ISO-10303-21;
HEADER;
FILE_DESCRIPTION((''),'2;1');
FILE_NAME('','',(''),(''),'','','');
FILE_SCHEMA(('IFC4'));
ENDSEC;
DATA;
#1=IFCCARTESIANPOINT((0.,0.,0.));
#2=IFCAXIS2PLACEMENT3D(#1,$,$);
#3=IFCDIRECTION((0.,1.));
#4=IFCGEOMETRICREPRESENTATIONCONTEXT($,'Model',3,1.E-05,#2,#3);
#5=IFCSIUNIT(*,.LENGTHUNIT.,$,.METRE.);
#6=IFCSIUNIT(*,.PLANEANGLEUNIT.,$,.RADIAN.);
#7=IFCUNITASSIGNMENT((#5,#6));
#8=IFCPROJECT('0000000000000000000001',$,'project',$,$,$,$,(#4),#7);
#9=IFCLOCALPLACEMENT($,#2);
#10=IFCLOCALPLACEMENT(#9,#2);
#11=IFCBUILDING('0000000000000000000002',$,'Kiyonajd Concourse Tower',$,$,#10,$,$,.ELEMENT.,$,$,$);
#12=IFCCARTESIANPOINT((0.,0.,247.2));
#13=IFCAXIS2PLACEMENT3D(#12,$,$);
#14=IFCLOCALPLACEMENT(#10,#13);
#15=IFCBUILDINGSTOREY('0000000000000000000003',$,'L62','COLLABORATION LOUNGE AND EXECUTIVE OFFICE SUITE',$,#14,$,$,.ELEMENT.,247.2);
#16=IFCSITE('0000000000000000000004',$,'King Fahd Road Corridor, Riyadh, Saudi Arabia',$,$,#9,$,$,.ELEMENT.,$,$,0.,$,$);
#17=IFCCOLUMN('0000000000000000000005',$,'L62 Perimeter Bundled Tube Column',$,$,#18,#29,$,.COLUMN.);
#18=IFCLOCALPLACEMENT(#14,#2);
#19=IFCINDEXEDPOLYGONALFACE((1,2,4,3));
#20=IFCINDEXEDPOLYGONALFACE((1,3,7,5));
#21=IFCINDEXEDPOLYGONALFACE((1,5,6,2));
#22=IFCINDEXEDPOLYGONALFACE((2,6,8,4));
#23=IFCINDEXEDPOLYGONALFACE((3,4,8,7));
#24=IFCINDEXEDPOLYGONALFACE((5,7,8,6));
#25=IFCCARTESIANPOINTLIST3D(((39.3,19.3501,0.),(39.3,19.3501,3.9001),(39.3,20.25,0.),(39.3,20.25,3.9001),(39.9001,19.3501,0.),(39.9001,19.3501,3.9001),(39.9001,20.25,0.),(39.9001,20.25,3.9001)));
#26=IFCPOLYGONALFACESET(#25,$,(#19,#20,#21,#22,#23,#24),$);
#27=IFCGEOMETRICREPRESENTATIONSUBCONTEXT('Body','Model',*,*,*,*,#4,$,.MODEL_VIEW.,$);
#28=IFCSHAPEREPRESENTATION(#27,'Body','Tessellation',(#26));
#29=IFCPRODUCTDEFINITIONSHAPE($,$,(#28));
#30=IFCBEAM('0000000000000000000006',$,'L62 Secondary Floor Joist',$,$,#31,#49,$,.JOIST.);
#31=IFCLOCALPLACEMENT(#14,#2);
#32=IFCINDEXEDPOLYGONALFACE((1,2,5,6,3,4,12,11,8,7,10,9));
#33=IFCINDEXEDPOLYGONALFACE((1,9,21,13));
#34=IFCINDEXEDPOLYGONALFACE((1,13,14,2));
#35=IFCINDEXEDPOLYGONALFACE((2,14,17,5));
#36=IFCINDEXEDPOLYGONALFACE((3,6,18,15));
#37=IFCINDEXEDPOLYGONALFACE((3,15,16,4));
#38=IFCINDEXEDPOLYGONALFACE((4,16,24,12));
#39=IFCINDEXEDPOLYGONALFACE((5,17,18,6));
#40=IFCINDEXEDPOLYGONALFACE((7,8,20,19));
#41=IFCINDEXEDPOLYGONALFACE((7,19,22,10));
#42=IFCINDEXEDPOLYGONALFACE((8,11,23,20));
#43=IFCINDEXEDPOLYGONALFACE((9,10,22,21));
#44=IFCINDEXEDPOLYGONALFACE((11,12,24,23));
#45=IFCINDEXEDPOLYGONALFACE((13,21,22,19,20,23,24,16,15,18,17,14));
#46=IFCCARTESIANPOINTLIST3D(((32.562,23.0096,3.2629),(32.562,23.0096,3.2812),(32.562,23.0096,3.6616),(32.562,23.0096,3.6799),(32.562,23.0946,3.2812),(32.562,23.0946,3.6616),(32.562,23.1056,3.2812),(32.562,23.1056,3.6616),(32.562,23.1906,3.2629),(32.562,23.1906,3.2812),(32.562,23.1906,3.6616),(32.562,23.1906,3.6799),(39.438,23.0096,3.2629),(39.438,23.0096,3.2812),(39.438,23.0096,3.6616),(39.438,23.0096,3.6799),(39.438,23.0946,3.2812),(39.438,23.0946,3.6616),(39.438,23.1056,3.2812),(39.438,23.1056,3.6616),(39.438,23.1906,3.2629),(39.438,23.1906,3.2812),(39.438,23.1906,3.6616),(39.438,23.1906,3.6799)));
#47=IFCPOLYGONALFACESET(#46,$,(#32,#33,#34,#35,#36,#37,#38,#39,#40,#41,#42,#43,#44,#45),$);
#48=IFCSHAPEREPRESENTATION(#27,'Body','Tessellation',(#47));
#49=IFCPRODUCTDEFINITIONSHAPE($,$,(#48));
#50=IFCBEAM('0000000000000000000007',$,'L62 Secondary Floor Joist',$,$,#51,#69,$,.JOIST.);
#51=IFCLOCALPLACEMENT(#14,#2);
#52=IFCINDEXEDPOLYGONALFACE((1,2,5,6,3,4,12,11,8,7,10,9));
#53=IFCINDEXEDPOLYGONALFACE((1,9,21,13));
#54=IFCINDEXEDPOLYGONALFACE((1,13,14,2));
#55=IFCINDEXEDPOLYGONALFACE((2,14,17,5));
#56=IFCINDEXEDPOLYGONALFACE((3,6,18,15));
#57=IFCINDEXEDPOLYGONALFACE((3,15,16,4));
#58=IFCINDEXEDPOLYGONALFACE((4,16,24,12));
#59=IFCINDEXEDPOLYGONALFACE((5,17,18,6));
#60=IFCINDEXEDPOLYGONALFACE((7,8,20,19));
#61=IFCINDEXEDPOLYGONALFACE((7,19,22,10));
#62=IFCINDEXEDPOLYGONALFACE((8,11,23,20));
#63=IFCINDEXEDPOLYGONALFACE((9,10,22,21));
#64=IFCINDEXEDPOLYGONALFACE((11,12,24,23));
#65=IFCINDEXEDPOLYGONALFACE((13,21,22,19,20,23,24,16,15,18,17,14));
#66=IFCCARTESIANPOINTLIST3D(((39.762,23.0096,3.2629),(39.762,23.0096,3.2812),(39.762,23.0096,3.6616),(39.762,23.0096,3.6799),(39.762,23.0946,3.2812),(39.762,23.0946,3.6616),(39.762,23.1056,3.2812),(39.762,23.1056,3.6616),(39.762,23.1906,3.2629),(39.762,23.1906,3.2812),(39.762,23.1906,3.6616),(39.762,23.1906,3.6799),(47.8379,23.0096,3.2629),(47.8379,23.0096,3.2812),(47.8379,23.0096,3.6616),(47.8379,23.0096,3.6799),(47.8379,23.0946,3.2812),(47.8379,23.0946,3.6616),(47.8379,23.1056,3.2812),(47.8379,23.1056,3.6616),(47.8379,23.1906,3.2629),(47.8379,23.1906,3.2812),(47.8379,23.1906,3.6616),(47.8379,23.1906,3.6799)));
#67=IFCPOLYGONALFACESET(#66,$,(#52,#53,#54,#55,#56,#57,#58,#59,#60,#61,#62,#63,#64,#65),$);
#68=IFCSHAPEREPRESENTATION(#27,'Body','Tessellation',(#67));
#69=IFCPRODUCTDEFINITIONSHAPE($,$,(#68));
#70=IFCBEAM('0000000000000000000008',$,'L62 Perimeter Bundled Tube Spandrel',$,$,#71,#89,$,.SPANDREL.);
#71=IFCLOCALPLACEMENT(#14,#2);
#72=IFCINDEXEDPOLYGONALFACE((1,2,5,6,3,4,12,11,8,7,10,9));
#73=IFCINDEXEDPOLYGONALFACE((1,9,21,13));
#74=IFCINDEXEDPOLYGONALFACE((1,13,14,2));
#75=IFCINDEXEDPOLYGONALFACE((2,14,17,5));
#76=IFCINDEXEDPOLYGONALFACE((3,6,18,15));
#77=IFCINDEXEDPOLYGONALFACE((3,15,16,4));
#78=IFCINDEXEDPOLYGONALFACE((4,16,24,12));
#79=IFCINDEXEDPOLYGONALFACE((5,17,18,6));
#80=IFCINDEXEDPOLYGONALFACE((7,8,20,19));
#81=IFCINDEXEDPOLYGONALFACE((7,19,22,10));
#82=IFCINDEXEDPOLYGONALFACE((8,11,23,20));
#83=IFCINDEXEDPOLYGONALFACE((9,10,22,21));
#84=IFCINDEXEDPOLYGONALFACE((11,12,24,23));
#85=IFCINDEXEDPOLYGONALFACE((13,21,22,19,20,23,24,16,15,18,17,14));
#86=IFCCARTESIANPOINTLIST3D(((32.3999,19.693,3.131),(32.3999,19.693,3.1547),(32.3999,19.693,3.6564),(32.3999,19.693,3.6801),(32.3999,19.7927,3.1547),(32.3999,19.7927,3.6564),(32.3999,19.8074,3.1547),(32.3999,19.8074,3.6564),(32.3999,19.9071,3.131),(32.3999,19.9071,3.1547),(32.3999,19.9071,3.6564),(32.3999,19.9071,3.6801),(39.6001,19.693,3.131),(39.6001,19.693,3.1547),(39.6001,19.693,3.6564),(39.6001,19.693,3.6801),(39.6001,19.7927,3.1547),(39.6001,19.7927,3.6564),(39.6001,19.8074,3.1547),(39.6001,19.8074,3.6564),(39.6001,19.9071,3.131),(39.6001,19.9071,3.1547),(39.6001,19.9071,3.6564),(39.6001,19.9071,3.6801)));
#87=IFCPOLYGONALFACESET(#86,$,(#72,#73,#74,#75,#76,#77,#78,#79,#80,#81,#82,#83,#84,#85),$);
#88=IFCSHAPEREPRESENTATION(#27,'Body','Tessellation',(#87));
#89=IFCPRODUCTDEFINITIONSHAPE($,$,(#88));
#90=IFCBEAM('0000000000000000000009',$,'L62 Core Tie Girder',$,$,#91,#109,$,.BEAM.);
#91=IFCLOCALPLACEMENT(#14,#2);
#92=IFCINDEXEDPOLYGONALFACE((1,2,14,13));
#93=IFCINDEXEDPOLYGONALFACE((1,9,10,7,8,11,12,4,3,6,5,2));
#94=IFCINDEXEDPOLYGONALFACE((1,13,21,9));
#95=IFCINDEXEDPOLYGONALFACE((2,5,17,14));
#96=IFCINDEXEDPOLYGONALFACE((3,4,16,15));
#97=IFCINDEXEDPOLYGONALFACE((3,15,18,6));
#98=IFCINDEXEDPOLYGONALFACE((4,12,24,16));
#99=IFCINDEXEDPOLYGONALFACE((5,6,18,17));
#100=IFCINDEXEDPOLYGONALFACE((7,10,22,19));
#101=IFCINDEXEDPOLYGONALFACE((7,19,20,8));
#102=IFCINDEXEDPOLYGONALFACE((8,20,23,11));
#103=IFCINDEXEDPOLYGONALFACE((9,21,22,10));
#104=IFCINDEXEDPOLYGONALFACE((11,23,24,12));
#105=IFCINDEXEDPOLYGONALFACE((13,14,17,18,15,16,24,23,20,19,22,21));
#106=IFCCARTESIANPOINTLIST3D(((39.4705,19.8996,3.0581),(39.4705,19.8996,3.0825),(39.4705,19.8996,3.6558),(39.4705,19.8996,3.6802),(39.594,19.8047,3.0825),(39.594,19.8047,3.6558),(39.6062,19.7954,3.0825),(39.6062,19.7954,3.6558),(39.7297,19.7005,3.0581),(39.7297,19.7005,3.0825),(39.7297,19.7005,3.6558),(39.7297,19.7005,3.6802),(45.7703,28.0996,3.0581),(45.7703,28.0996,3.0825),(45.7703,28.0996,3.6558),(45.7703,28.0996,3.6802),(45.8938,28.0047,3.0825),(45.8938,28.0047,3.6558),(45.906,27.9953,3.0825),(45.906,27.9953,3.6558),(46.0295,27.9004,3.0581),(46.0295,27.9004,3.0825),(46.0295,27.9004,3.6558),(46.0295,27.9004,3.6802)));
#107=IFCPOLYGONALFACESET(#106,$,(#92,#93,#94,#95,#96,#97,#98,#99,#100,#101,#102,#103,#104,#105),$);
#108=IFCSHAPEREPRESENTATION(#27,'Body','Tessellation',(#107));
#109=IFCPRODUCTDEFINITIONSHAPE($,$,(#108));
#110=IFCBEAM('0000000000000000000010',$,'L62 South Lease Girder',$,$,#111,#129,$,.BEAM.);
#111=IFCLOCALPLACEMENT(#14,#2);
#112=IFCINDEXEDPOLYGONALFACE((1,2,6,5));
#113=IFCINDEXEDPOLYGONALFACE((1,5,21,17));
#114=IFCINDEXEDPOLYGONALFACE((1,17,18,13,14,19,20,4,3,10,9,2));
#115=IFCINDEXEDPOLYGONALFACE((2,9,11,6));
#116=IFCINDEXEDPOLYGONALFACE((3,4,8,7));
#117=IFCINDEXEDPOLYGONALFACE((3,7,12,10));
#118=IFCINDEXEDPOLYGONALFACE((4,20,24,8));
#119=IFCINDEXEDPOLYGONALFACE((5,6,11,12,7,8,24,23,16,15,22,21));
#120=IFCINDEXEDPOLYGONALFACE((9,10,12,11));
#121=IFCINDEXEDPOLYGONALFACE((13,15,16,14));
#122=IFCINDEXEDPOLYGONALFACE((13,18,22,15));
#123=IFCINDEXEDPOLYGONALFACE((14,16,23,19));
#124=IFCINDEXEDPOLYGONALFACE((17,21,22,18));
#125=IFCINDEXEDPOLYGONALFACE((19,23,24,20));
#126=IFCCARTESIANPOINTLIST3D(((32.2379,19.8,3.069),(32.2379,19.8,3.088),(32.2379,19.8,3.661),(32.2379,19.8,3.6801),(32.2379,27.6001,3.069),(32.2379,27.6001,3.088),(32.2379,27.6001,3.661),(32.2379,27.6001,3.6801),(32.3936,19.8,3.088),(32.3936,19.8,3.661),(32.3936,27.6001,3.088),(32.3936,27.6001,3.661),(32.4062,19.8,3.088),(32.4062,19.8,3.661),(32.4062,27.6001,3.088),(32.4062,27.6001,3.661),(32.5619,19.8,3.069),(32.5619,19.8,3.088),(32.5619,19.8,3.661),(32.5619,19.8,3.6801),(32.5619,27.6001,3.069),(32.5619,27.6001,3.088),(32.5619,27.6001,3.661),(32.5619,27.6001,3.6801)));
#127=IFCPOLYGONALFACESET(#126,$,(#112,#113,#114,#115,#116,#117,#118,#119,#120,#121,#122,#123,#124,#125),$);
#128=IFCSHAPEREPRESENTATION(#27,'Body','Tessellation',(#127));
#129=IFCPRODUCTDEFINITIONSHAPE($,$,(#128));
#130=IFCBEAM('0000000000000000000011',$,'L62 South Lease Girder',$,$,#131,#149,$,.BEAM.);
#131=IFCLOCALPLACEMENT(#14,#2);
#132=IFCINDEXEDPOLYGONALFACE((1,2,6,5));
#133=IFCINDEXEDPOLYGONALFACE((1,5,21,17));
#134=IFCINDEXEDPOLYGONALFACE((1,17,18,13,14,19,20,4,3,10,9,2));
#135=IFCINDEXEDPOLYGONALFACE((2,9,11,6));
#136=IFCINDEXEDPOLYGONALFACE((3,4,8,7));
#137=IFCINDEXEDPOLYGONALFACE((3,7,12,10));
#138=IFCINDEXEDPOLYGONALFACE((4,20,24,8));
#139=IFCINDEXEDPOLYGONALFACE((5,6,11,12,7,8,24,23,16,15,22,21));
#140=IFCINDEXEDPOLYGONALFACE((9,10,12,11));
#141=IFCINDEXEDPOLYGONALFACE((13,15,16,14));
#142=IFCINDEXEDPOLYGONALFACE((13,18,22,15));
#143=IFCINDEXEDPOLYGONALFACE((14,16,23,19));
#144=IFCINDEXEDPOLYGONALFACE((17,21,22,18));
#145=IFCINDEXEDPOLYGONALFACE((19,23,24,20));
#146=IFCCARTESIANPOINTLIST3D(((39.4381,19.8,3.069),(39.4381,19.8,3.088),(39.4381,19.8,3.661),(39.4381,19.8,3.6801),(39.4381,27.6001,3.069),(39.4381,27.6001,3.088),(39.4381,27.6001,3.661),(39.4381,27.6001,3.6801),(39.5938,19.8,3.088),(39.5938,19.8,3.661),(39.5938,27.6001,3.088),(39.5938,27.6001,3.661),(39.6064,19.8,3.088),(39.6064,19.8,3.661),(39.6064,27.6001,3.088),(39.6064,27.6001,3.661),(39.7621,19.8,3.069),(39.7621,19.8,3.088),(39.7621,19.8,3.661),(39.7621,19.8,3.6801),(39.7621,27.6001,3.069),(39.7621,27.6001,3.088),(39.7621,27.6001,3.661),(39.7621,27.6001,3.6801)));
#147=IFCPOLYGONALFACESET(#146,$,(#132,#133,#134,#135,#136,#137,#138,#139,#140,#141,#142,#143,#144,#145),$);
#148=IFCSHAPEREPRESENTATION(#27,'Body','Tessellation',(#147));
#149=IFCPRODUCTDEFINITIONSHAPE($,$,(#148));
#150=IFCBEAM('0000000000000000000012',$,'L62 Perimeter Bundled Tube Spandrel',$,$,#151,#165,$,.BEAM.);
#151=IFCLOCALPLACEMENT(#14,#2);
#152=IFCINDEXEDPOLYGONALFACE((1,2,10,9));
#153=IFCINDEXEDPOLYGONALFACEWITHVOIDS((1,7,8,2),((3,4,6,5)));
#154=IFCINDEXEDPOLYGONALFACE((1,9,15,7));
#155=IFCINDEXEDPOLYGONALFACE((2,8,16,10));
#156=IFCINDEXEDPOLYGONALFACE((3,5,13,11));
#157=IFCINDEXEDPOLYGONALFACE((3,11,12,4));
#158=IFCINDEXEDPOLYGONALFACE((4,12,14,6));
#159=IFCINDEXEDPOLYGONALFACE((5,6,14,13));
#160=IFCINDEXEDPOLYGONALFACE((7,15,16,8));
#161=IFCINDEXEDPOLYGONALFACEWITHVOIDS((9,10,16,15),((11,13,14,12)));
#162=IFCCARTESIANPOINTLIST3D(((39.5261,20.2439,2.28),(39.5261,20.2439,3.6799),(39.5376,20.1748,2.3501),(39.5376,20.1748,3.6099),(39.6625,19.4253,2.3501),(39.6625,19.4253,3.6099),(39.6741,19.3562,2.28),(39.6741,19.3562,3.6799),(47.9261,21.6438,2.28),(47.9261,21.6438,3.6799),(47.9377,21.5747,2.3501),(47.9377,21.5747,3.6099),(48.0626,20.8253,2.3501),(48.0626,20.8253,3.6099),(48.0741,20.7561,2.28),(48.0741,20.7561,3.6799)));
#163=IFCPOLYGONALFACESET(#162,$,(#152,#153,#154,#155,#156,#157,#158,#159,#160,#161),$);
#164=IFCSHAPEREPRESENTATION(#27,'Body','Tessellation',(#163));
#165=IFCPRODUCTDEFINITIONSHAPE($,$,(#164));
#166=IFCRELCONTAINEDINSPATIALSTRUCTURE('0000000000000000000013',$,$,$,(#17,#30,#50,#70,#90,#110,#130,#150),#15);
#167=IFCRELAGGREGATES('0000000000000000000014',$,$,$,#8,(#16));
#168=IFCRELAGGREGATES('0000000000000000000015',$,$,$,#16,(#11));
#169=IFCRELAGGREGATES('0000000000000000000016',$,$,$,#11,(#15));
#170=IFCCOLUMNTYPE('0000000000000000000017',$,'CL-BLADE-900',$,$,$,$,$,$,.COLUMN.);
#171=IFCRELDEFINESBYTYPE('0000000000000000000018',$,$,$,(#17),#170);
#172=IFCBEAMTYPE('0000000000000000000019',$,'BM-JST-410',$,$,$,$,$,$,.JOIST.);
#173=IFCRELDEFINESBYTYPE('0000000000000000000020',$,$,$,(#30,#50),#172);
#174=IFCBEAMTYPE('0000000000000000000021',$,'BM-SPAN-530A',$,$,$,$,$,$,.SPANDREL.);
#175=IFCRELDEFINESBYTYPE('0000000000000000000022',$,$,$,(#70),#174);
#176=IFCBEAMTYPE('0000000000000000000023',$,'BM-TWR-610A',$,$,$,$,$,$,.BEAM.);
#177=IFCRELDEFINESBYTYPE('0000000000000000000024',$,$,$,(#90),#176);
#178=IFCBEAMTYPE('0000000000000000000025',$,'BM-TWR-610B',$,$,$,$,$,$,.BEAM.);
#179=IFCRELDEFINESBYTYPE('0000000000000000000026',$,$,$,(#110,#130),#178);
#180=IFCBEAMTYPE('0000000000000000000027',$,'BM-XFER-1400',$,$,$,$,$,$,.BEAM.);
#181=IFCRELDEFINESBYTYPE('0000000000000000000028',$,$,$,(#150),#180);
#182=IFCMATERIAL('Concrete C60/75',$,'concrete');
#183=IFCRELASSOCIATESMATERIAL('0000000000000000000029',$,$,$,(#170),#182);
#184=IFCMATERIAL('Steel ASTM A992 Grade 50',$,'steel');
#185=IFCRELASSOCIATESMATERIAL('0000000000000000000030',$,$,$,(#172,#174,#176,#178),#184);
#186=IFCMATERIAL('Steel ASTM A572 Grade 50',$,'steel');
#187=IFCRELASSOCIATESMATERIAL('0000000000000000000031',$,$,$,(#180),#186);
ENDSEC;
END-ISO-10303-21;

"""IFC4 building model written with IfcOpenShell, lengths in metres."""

from ifc_helpers import new_model, si_unit, direction, frame, origin, origin_2d, place, context, subcontext, project, spatial, rectangle, hollow_rectangle, i_section, extrude, material, material_profile, profile_set, type_object, element, save


model = new_model("IFC4")

# Units and contexts
model_context = context("Model", 3, precision=1e-05, world=origin(), true_north=direction((0.0, 1.0)))
body_context = subcontext(model_context, "Body", "Model", "MODEL_VIEW")
ifc_project = project(units=[si_unit("LENGTHUNIT", "METRE"), si_unit("PLANEANGLEUNIT", "RADIAN")], contexts=[model_context])

# Site, building, storey
site_placement = place(None, origin())
site = spatial("IfcSite", under=ifc_project, at=site_placement, Name="King Fahd Road Corridor, Riyadh, Saudi Arabia", CompositionType="ELEMENT", RefElevation=0.0)
building_placement = place(site_placement, origin())
building = spatial("IfcBuilding", under=site, at=building_placement, Name="Kiyonajd Concourse Tower", CompositionType="ELEMENT")
storey_placement = place(building_placement, frame((0.0, 0.0, 247.2)))
storey = spatial("IfcBuildingStorey", under=building, at=storey_placement, Name="L62", Description="COLLABORATION LOUNGE AND EXECUTIVE OFFICE SUITE", CompositionType="ELEMENT", Elevation=247.2)

# Column
ifc_material_1 = material(Name="Concrete C60/75", Category="concrete")
ifc_material_profile_1 = material_profile(ifc_material_1, rectangle(XDim=0.6001, YDim=0.8999, at=origin_2d()), Name="RC-900x600")
ifc_profile_set_1 = profile_set([ifc_material_profile_1], Name="Concrete C60/75")
column_type = type_object("IfcColumnType", Name="CL-BLADE-900", PredefinedType="COLUMN", material=ifc_profile_set_1)
column_placement = place(storey_placement, frame((39.6001, 19.8, 0.0), z_axis=(0.0, 0.0, 1.0), x_axis=(1.0, 0.0, 0.0)))
element("IfcColumn", 1, at=column_placement, inside=storey, type_object=column_type, Name="L62 Perimeter Bundled Tube Column", PredefinedType="COLUMN", context=body_context, shape_type="SweptSolid", body=[
    extrude(rectangle(XDim=0.6001, YDim=0.8999, at=origin_2d()), origin(), (0.0, 0.0, 1.0), 3.9001),
])

# Beams
ifc_material_2 = material(Name="Steel ASTM A992 Grade 50", Category="steel")
ifc_material_profile_2 = material_profile(ifc_material_2, i_section(OverallWidth=0.1809, OverallDepth=0.417, WebThickness=0.011, FlangeThickness=0.0183, at=origin_2d()), Name="W410X85")
ifc_profile_set_2 = profile_set([ifc_material_profile_2], Name="Steel ASTM A992 Grade 50")
beam_type_1 = type_object("IfcBeamType", Name="BM-JST-410", PredefinedType="JOIST", material=ifc_profile_set_2)
beam_1_placement = place(storey_placement, frame((32.562, 23.1001, 3.4714), z_axis=(1.0, 0.0, 0.0), x_axis=(0.0, 1.0, 0.0)))
element("IfcBeam", 2, at=beam_1_placement, inside=storey, type_object=beam_type_1, Name="L62 Secondary Floor Joist", PredefinedType="JOIST", context=body_context, shape_type="SweptSolid", body=[
    extrude(i_section(OverallWidth=0.1809, OverallDepth=0.417, WebThickness=0.011, FlangeThickness=0.0183, at=origin_2d()), origin(), (0.0, 0.0, 1.0), 6.876),
])
beam_2_placement = place(storey_placement, frame((39.762, 23.1001, 3.4714), z_axis=(1.0, 0.0, 0.0), x_axis=(0.0, 1.0, 0.0)))
element("IfcBeam", 3, at=beam_2_placement, inside=storey, type_object=beam_type_1, Name="L62 Secondary Floor Joist", PredefinedType="JOIST", context=body_context, shape_type="SweptSolid", body=[
    extrude(i_section(OverallWidth=0.1809, OverallDepth=0.417, WebThickness=0.011, FlangeThickness=0.0183, at=origin_2d()), origin(), (0.0, 0.0, 1.0), 8.0759),
])
ifc_material_profile_3 = material_profile(ifc_material_2, i_section(OverallWidth=0.2141, OverallDepth=0.5491, WebThickness=0.0146, FlangeThickness=0.0237, at=origin_2d()), Name="W530X138")
ifc_profile_set_3 = profile_set([ifc_material_profile_3], Name="Steel ASTM A992 Grade 50")
beam_type_2 = type_object("IfcBeamType", Name="BM-SPAN-530A", PredefinedType="SPANDREL", material=ifc_profile_set_3)
beam_3_placement = place(storey_placement, frame((32.3999, 19.8, 3.4055), z_axis=(1.0, 0.0, 0.0), x_axis=(0.0, 1.0, 0.0)))
element("IfcBeam", 4, at=beam_3_placement, inside=storey, type_object=beam_type_2, Name="L62 Perimeter Bundled Tube Spandrel", PredefinedType="SPANDREL", context=body_context, shape_type="SweptSolid", body=[
    extrude(i_section(OverallWidth=0.2141, OverallDepth=0.5491, WebThickness=0.0146, FlangeThickness=0.0237, at=origin_2d()), origin(), (0.0, 0.0, 1.0), 7.2002),
])
ifc_material_profile_4 = material_profile(ifc_material_2, i_section(OverallWidth=0.3269, OverallDepth=0.6221, WebThickness=0.0154, FlangeThickness=0.0244, at=origin_2d()), Name="W610X195")
ifc_profile_set_4 = profile_set([ifc_material_profile_4], Name="Steel ASTM A992 Grade 50")
beam_type_3 = type_object("IfcBeamType", Name="BM-TWR-610A", PredefinedType="BEAM", material=ifc_profile_set_4)
beam_4_placement = place(storey_placement, frame((39.6001, 19.8, 3.3691), z_axis=(0.609234, 0.792991, 0.0), x_axis=(-0.792991, 0.609234, 0.0)))
element("IfcBeam", 5, at=beam_4_placement, inside=storey, type_object=beam_type_3, Name="L62 Core Tie Girder", PredefinedType="BEAM", context=body_context, shape_type="SweptSolid", body=[
    extrude(i_section(OverallWidth=0.3269, OverallDepth=0.6221, WebThickness=0.0154, FlangeThickness=0.0244, at=origin_2d()), origin(), (0.0, 0.0, 1.0), 10.3406),
])
ifc_material_profile_5 = material_profile(ifc_material_2, i_section(OverallWidth=0.324, OverallDepth=0.6111, WebThickness=0.0127, FlangeThickness=0.019, at=origin_2d()), Name="W610X155")
ifc_profile_set_5 = profile_set([ifc_material_profile_5], Name="Steel ASTM A992 Grade 50")
beam_type_4 = type_object("IfcBeamType", Name="BM-TWR-610B", PredefinedType="BEAM", material=ifc_profile_set_5)
for number, where, z_axis, x_axis, name in (
    (6, (32.3999, 19.8, 3.3745), (0.0, 1.0, 0.0), (-1.0, 0.0, 0.0), "L62 South Lease Girder"),
    (7, (39.6001, 19.8, 3.3745), (0.0, 1.0, 0.0), (-1.0, 0.0, 0.0), "L62 South Lease Girder"),
):
    element("IfcBeam", number, at=place(storey_placement, frame(where, z_axis=z_axis, x_axis=x_axis)), inside=storey, type_object=beam_type_4, Name=name, PredefinedType="BEAM", context=body_context, shape_type="SweptSolid", body=[
        extrude(i_section(OverallWidth=0.324, OverallDepth=0.6111, WebThickness=0.0127, FlangeThickness=0.019, at=origin_2d()), origin(), (0.0, 0.0, 1.0), 7.8),
    ])
ifc_material_3 = material(Name="Steel ASTM A572 Grade 50", Category="steel")
ifc_material_profile_6 = material_profile(ifc_material_3, hollow_rectangle(XDim=0.8999, YDim=1.3999, WallThickness=0.0701, at=origin_2d()), Name="BOX-1400x900x70")
ifc_profile_set_6 = profile_set([ifc_material_profile_6], Name="Steel ASTM A572 Grade 50")
beam_type_5 = type_object("IfcBeamType", Name="BM-XFER-1400", PredefinedType="BEAM", material=ifc_profile_set_6)
beam_5_placement = place(storey_placement, frame((39.6001, 19.8, 2.98), z_axis=(0.986395, 0.16439, 0.0), x_axis=(-0.16439, 0.986395, 0.0)))
element("IfcBeam", 8, at=beam_5_placement, inside=storey, type_object=beam_type_5, Name="L62 Perimeter Bundled Tube Spandrel", PredefinedType="BEAM", context=body_context, shape_type="SweptSolid", body=[
    extrude(hollow_rectangle(XDim=0.8999, YDim=1.3999, WallThickness=0.0701, at=origin_2d()), origin(), (0.0, 0.0, 1.0), 8.5159),
])

save(model, "model.ifc")
